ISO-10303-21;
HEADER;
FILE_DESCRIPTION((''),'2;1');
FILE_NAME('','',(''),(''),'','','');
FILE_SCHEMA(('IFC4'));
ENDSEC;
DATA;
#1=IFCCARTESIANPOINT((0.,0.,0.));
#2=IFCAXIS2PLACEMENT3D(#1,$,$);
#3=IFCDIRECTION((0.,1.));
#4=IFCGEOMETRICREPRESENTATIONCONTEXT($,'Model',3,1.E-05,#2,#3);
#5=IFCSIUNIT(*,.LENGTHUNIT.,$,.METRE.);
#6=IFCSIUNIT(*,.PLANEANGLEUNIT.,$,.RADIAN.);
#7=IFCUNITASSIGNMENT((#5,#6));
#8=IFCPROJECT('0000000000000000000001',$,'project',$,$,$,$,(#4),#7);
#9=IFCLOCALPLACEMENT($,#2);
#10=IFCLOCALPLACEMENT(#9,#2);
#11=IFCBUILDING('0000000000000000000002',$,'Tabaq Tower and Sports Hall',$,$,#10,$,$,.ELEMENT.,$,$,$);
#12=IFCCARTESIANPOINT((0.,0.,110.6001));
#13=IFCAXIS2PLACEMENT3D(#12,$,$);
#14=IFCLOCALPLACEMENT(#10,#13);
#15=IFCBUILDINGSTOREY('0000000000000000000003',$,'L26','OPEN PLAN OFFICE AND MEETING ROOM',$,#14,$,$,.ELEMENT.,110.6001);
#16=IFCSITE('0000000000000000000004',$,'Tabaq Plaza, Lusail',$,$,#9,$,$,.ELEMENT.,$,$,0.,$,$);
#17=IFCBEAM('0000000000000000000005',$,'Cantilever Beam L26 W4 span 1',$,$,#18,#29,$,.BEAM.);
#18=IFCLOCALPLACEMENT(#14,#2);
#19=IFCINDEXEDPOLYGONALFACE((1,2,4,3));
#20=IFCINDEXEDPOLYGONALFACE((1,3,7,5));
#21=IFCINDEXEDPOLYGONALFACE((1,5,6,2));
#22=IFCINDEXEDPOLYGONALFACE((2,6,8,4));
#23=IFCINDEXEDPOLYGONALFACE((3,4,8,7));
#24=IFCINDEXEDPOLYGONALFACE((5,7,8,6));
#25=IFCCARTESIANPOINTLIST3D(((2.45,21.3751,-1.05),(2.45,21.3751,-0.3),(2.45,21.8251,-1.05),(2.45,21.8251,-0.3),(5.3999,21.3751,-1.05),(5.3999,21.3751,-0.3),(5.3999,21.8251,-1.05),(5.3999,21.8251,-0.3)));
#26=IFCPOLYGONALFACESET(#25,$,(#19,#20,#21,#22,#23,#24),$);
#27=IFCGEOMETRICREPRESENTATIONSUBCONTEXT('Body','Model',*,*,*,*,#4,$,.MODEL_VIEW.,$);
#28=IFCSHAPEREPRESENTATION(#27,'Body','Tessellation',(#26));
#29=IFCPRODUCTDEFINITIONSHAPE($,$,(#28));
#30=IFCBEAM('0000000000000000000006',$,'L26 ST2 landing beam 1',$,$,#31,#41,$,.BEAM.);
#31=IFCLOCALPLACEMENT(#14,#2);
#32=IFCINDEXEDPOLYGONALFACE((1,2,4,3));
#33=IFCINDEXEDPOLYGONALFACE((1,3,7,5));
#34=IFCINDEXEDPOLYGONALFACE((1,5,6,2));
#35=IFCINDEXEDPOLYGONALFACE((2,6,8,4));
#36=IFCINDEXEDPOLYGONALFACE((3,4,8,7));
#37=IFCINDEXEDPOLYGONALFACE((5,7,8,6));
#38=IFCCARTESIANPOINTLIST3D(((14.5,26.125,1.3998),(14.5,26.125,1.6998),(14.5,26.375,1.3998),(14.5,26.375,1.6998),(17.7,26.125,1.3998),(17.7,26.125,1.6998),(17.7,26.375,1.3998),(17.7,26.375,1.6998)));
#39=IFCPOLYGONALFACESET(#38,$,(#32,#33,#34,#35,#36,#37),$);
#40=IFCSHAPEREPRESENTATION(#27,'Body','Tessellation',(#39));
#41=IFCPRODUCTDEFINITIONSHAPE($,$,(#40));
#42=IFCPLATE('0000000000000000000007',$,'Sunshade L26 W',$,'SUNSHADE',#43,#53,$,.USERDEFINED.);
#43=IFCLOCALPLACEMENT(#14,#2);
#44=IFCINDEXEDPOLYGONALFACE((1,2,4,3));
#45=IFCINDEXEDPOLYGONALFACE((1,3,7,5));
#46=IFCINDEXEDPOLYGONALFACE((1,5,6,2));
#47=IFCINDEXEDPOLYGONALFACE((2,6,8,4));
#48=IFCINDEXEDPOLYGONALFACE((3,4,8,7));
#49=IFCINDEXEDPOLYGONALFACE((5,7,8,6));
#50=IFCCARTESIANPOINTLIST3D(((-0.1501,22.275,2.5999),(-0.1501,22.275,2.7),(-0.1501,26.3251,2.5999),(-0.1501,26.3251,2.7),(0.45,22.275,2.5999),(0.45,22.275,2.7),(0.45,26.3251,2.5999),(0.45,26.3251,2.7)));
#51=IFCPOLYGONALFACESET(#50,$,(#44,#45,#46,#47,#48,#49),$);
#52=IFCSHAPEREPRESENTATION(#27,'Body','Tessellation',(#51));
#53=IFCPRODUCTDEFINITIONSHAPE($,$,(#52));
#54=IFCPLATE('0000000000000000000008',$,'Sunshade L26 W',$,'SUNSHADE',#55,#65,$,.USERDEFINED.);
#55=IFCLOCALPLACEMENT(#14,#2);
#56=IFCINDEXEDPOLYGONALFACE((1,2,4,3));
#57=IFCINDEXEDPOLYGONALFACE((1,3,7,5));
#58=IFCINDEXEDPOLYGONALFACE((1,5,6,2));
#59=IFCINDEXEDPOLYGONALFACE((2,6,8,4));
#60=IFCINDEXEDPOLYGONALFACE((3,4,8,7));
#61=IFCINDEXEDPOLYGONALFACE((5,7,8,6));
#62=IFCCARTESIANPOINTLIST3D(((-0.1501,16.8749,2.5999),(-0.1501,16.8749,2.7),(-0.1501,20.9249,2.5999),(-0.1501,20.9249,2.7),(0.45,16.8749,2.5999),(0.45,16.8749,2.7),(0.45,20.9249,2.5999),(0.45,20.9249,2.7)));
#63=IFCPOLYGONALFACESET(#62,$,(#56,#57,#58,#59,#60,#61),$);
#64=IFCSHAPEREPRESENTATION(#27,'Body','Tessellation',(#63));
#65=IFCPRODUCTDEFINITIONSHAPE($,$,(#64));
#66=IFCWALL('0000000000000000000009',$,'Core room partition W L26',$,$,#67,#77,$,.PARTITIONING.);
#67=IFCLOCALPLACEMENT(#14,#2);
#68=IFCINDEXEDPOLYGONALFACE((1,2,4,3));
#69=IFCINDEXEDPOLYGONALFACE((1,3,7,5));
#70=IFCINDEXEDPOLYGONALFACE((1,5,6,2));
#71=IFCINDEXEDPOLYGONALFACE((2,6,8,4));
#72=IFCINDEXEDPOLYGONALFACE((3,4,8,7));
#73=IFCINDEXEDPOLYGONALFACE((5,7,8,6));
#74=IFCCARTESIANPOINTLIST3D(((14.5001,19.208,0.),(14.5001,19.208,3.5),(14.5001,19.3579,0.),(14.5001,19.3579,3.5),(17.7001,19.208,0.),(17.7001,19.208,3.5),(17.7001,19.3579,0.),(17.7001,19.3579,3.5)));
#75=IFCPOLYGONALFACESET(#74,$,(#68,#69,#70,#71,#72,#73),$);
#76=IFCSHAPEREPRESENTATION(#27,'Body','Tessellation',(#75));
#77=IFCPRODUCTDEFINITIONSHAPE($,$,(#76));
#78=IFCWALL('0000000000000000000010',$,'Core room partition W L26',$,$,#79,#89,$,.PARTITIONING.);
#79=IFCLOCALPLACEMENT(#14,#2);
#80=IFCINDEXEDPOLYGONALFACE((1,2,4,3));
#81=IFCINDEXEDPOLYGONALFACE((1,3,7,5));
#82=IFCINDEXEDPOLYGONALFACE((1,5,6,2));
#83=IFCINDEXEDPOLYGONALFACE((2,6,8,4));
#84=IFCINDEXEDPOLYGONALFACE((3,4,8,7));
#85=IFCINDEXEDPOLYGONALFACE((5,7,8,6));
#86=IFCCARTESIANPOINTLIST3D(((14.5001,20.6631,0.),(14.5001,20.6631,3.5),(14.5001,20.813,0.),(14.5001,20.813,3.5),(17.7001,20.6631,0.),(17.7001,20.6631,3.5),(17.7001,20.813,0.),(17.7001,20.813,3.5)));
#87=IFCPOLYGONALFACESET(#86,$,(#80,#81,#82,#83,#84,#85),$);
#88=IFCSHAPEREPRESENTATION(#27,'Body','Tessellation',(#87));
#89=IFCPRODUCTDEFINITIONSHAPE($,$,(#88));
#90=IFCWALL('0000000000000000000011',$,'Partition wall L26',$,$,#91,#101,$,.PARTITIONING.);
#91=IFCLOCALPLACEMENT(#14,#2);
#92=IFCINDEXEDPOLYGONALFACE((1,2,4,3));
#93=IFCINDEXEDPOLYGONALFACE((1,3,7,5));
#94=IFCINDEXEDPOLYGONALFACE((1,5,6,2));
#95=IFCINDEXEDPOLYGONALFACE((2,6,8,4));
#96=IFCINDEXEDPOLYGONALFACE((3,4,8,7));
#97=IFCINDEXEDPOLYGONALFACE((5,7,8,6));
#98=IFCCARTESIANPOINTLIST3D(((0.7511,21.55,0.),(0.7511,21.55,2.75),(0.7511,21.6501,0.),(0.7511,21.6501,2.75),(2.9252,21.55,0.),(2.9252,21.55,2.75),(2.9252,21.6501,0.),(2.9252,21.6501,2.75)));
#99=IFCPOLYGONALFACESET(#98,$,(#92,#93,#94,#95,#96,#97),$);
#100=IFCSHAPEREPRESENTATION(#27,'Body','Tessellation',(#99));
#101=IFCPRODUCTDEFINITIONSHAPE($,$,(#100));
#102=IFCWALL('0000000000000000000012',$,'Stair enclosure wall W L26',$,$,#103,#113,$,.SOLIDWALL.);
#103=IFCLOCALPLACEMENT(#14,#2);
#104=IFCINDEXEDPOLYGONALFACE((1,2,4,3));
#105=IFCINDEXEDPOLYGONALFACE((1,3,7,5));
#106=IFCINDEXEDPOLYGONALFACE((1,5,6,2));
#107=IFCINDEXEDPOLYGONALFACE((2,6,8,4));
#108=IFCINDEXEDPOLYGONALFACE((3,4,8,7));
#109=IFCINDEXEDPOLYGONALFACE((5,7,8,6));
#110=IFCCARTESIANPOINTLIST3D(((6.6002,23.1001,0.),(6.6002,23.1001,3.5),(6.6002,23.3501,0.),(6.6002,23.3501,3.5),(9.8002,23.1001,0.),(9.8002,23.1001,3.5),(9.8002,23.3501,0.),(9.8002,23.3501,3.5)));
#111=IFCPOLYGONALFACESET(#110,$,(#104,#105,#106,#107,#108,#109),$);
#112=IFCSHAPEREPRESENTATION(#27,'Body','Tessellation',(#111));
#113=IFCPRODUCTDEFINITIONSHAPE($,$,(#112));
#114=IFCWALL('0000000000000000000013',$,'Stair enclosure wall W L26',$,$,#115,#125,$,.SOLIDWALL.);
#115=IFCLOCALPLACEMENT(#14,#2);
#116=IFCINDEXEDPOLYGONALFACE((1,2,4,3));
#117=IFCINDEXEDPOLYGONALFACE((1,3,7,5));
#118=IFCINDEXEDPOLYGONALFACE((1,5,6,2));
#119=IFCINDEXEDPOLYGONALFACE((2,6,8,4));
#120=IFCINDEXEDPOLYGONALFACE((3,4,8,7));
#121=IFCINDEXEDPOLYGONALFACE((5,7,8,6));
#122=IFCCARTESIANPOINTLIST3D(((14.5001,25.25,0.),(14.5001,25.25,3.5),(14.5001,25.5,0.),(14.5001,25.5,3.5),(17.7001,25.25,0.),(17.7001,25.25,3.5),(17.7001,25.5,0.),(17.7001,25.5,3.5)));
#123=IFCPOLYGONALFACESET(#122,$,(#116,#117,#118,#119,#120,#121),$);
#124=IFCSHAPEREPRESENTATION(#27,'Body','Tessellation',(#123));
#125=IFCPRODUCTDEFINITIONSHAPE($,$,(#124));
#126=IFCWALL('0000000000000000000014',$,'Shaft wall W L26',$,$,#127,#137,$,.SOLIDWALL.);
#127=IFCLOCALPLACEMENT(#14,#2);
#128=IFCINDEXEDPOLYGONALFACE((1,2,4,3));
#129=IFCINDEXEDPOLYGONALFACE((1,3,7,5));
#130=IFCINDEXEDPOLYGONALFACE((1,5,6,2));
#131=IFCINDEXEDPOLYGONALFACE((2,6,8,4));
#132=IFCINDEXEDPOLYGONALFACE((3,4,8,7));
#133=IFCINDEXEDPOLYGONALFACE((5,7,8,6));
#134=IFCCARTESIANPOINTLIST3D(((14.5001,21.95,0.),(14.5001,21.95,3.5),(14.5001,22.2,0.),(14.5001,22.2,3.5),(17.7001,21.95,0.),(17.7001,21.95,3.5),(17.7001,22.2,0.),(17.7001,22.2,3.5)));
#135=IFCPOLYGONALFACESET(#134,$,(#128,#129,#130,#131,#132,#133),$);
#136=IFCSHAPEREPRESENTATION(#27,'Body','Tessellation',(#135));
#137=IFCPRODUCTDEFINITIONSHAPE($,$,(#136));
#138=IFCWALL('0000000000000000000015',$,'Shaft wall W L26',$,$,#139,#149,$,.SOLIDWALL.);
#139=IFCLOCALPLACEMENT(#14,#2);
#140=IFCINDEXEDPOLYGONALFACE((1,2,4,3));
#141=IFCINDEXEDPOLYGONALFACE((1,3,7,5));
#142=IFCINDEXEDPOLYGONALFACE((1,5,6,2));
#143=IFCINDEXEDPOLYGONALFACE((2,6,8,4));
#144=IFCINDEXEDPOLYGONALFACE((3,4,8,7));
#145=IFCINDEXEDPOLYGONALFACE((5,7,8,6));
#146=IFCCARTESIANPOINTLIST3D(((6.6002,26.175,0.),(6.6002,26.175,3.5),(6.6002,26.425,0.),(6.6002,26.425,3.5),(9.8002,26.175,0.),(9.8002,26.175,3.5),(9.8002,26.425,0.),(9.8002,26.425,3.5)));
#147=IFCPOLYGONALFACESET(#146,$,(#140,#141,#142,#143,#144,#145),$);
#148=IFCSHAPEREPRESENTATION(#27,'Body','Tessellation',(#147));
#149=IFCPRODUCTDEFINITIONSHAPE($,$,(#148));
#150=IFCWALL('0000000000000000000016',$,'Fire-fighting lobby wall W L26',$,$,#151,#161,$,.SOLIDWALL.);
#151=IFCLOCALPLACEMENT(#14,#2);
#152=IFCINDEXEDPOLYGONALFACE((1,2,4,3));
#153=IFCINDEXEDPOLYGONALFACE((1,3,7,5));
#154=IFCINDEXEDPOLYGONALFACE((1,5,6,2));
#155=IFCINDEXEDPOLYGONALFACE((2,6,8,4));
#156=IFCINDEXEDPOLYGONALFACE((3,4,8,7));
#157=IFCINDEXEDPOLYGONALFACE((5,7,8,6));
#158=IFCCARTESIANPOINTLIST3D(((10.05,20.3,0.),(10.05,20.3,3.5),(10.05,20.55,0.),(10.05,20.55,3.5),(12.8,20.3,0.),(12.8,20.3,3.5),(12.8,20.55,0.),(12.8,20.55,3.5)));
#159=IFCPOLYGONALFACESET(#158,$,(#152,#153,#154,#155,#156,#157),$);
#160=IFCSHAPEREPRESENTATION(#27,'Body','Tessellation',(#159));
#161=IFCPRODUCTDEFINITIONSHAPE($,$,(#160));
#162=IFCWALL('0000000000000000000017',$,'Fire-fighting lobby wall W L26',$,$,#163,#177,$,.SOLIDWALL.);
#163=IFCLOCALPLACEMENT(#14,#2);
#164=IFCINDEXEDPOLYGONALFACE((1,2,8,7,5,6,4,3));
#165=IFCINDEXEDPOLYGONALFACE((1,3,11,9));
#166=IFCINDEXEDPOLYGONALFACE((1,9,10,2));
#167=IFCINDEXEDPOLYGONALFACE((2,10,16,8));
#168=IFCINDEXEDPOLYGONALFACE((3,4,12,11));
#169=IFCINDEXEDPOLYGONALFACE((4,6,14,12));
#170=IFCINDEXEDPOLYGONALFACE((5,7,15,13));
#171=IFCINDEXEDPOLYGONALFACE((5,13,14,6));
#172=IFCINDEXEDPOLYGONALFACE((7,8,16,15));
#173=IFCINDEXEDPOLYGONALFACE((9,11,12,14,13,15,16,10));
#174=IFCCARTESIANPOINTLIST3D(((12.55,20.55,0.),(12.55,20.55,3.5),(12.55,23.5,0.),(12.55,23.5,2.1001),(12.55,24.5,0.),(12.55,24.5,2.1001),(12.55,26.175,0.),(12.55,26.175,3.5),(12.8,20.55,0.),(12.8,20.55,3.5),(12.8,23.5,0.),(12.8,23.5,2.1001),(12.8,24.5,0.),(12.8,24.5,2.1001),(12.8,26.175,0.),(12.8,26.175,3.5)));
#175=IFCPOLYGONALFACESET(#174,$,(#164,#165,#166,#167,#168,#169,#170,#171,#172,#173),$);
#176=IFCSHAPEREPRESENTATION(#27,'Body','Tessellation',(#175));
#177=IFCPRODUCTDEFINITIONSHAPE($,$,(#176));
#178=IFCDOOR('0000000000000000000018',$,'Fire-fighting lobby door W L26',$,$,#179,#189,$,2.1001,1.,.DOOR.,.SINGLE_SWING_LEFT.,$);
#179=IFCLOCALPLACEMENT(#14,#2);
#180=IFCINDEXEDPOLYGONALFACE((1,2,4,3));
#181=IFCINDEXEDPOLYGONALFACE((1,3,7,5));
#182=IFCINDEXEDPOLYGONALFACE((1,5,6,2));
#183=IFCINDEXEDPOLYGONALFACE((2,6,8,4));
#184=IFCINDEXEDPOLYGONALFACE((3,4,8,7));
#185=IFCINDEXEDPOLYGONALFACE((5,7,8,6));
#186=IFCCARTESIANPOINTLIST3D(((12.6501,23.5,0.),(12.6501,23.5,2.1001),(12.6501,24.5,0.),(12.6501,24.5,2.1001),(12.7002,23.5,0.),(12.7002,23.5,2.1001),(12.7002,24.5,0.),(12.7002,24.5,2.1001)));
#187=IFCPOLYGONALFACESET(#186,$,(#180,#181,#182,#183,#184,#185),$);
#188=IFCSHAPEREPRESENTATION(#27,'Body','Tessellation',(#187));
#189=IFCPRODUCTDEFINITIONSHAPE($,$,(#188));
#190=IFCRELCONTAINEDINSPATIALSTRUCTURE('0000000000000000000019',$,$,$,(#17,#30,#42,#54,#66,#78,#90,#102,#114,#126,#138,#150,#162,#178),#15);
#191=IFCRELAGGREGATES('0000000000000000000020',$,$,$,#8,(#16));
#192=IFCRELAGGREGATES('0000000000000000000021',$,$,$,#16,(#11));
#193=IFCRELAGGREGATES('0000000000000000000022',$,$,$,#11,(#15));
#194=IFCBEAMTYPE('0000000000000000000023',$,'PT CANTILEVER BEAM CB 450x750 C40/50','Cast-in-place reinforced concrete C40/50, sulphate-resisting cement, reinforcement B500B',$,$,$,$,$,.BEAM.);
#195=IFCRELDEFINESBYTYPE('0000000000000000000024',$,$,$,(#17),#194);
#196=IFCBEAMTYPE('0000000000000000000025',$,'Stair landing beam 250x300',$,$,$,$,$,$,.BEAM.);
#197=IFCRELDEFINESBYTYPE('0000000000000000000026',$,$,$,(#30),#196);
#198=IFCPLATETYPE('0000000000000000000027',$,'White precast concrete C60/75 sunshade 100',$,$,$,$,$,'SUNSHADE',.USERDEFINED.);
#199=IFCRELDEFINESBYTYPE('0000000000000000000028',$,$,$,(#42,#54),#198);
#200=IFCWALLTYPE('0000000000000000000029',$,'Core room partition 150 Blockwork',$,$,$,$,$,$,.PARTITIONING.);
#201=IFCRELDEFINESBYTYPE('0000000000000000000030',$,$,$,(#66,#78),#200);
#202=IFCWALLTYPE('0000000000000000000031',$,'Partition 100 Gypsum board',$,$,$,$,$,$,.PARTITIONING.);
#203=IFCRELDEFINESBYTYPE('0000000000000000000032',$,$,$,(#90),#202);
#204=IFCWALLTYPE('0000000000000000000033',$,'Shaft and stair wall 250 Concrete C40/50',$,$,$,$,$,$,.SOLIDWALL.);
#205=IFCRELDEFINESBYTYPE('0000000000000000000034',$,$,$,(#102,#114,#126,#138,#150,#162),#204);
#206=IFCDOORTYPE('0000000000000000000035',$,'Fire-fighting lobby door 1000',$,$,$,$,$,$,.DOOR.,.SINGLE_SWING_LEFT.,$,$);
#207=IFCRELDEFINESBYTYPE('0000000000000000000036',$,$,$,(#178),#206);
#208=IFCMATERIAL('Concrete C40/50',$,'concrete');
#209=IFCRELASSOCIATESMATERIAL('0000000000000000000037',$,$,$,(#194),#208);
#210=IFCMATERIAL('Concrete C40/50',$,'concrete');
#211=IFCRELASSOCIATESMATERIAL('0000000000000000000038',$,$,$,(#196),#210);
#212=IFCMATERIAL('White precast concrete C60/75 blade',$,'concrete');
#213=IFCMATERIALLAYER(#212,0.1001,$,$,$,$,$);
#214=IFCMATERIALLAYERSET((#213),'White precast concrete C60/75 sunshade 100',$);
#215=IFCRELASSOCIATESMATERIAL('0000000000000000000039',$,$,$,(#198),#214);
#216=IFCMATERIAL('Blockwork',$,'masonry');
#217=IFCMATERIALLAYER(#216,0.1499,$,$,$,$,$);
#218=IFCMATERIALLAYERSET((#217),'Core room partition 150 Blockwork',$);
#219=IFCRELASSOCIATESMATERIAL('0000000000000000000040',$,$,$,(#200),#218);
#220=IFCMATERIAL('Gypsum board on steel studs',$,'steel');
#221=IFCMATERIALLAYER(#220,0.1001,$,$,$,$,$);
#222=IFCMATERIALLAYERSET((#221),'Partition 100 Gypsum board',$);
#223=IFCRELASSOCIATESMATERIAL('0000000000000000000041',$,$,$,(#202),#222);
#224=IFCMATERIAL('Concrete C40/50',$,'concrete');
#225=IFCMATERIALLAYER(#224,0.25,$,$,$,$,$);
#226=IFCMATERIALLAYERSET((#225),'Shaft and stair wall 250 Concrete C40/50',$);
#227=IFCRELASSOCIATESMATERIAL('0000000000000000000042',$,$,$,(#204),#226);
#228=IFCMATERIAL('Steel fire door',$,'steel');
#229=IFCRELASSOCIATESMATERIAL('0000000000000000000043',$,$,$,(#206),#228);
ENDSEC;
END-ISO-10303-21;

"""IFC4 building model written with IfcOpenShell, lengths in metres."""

from ifc_helpers import new_model, si_unit, direction, frame, frame_2d, origin, origin_2d, place, context, subcontext, project, spatial, rectangle, extrude, material, layer, layer_set, material_profile, profile_set, type_object, element, fill, save


model = new_model("IFC4")

# Units and contexts
model_context = context("Model", 3, precision=1e-05, world=origin(), true_north=direction((0.0, 1.0)))
body_context = subcontext(model_context, "Body", "Model", "MODEL_VIEW")
ifc_project = project(units=[si_unit("LENGTHUNIT", "METRE"), si_unit("PLANEANGLEUNIT", "RADIAN")], contexts=[model_context])

# Site, building, storey
site_placement = place(None, origin())
site = spatial("IfcSite", under=ifc_project, at=site_placement, Name="Tabaq Plaza, Lusail", CompositionType="ELEMENT", RefElevation=0.0)
building_placement = place(site_placement, origin())
building = spatial("IfcBuilding", under=site, at=building_placement, Name="Tabaq Tower and Sports Hall", CompositionType="ELEMENT")
storey_placement = place(building_placement, frame((0.0, 0.0, 110.6001)))
storey = spatial("IfcBuildingStorey", under=building, at=storey_placement, Name="L26", Description="OPEN PLAN OFFICE AND MEETING ROOM", CompositionType="ELEMENT", Elevation=110.6001)

# Beams
ifc_material_1 = material(Name="Concrete C40/50", Category="concrete")
ifc_material_profile_1 = material_profile(ifc_material_1, rectangle(XDim=0.45, YDim=0.75, at=origin_2d()), Name="CB 450x750")
ifc_profile_set_1 = profile_set([ifc_material_profile_1], Name="Concrete C40/50")
beam_type_1 = type_object("IfcBeamType", Name="PT CANTILEVER BEAM CB 450x750 C40/50", Description="Cast-in-place reinforced concrete C40/50, sulphate-resisting cement, reinforcement B500B", PredefinedType="BEAM", material=ifc_profile_set_1)
beam_1_placement = place(storey_placement, frame((2.45, 21.6001, -0.675), z_axis=(1.0, 0.0, 0.0), x_axis=(0.0, 1.0, 0.0)))
element("IfcBeam", 1, at=beam_1_placement, inside=storey, type_object=beam_type_1, Name="Cantilever Beam L26 W4 span 1", PredefinedType="BEAM", context=body_context, shape_type="SweptSolid", body=[
    extrude(rectangle(XDim=0.45, YDim=0.75, at=origin_2d()), origin(), (0.0, 0.0, 1.0), 2.95),
])
ifc_material_2 = material(Name="Concrete C40/50", Category="concrete")
ifc_material_profile_2 = material_profile(ifc_material_2, rectangle(XDim=0.25, YDim=0.3, at=origin_2d()), Name="RC 250x300")
ifc_profile_set_2 = profile_set([ifc_material_profile_2], Name="Concrete C40/50")
beam_type_2 = type_object("IfcBeamType", Name="Stair landing beam 250x300", PredefinedType="BEAM", material=ifc_profile_set_2)
beam_2_placement = place(storey_placement, frame((14.5, 26.25, 1.5498), z_axis=(1.0, 0.0, 0.0), x_axis=(0.0, 1.0, 0.0)))
element("IfcBeam", 2, at=beam_2_placement, inside=storey, type_object=beam_type_2, Name="L26 ST2 landing beam 1", PredefinedType="BEAM", context=body_context, shape_type="SweptSolid", body=[
    extrude(rectangle(XDim=0.25, YDim=0.3, at=origin_2d()), origin(), (0.0, 0.0, 1.0), 3.2),
])

# Plates
ifc_material_3 = material(Name="White precast concrete C60/75 blade", Category="concrete")
ifc_layer_1 = layer(ifc_material_3, 0.1001)
ifc_layer_set_1 = layer_set([ifc_layer_1], Name="White precast concrete C60/75 sunshade 100")
plate_type = type_object("IfcPlateType", Name="White precast concrete C60/75 sunshade 100", ElementType="SUNSHADE", PredefinedType="USERDEFINED", material=ifc_layer_set_1)
for number, where, z_axis, x_axis, name in (
    (3, (0.1499, 24.3, 2.5999), (0.0, 0.0, 1.0), (0.0, -1.0, 0.0), "Sunshade L26 W"),
    (4, (0.1499, 18.8999, 2.5999), (0.0, 0.0, 1.0), (0.0, -1.0, 0.0), "Sunshade L26 W"),
):
    element("IfcPlate", number, at=place(storey_placement, frame(where, z_axis=z_axis, x_axis=x_axis)), inside=storey, type_object=plate_type, Name=name, ObjectType="SUNSHADE", PredefinedType="USERDEFINED", context=body_context, shape_type="SweptSolid", body=[
        extrude(rectangle(XDim=4.05, YDim=0.6001, at=origin_2d()), origin(), (0.0, 0.0, 1.0), 0.1001),
    ])

# Walls
ifc_material_4 = material(Name="Blockwork", Category="masonry")
ifc_layer_2 = layer(ifc_material_4, 0.1499)
ifc_layer_set_2 = layer_set([ifc_layer_2], Name="Core room partition 150 Blockwork")
wall_type_1 = type_object("IfcWallType", Name="Core room partition 150 Blockwork", PredefinedType="PARTITIONING", material=ifc_layer_set_2)
for number, where, z_axis, x_axis, name in (
    (5, (14.5, 19.283, 0.0), (0.0, 0.0, 1.0), (1.0, 0.0, 0.0), "Core room partition W L26"),
    (6, (14.5, 20.738, 0.0), (0.0, 0.0, 1.0), (1.0, 0.0, 0.0), "Core room partition W L26"),
):
    element("IfcWall", number, at=place(storey_placement, frame(where, z_axis=z_axis, x_axis=x_axis)), inside=storey, type_object=wall_type_1, Name=name, PredefinedType="PARTITIONING", context=body_context, shape_type="SweptSolid", body=[
        extrude(rectangle(XDim=3.2, YDim=0.1499, at=frame_2d((1.6001, 0.0))), origin(), (0.0, 0.0, 1.0), 3.5),
    ])
ifc_material_5 = material(Name="Gypsum board on steel studs", Category="steel")
ifc_layer_3 = layer(ifc_material_5, 0.1001)
ifc_layer_set_3 = layer_set([ifc_layer_3], Name="Partition 100 Gypsum board")
wall_type_2 = type_object("IfcWallType", Name="Partition 100 Gypsum board", PredefinedType="PARTITIONING", material=ifc_layer_set_3)
wall_1_placement = place(storey_placement, frame((2.925, 21.6001, 0.0), z_axis=(0.0, 0.0, 1.0), x_axis=(-1.0, 0.0, 0.0)))
element("IfcWall", 7, at=wall_1_placement, inside=storey, type_object=wall_type_2, Name="Partition wall L26", PredefinedType="PARTITIONING", context=body_context, shape_type="SweptSolid", body=[
    extrude(rectangle(XDim=2.1741, YDim=0.1001, at=frame_2d((1.0869, 0.0))), origin(), (0.0, 0.0, 1.0), 2.75),
])
ifc_material_6 = material(Name="Concrete C40/50", Category="concrete")
ifc_layer_4 = layer(ifc_material_6, 0.25)
ifc_layer_set_4 = layer_set([ifc_layer_4], Name="Shaft and stair wall 250 Concrete C40/50")
wall_type_3 = type_object("IfcWallType", Name="Shaft and stair wall 250 Concrete C40/50", PredefinedType="SOLIDWALL", material=ifc_layer_set_4)
for number, where, z_axis, x_axis, name in (
    (8, (6.6001, 23.2251, 0.0), (0.0, 0.0, 1.0), (1.0, 0.0, 0.0), "Stair enclosure wall W L26"),
    (9, (14.5, 25.375, 0.0), (0.0, 0.0, 1.0), (1.0, 0.0, 0.0), "Stair enclosure wall W L26"),
    (10, (14.5, 22.075, 0.0), (0.0, 0.0, 1.0), (1.0, 0.0, 0.0), "Shaft wall W L26"),
    (11, (6.6001, 26.3, 0.0), (0.0, 0.0, 1.0), (1.0, 0.0, 0.0), "Shaft wall W L26"),
):
    element("IfcWall", number, at=place(storey_placement, frame(where, z_axis=z_axis, x_axis=x_axis)), inside=storey, type_object=wall_type_3, Name=name, PredefinedType="SOLIDWALL", context=body_context, shape_type="SweptSolid", body=[
        extrude(rectangle(XDim=3.2, YDim=0.25, at=frame_2d((1.6001, 0.0))), origin(), (0.0, 0.0, 1.0), 3.5),
    ])
wall_2_placement = place(storey_placement, frame((10.05, 20.425, 0.0), z_axis=(0.0, 0.0, 1.0), x_axis=(1.0, 0.0, 0.0)))
element("IfcWall", 12, at=wall_2_placement, inside=storey, type_object=wall_type_3, Name="Fire-fighting lobby wall W L26", PredefinedType="SOLIDWALL", context=body_context, shape_type="SweptSolid", body=[
    extrude(rectangle(XDim=2.75, YDim=0.25, at=frame_2d((1.375, 0.0))), origin(), (0.0, 0.0, 1.0), 3.5),
])

# Wall, opening, door
wall_3_placement = place(storey_placement, frame((12.675, 20.55, 0.0), z_axis=(0.0, 0.0, 1.0), x_axis=(0.0, 1.0, 0.0)))
wall_3 = element("IfcWall", 13, at=wall_3_placement, inside=storey, type_object=wall_type_3, Name="Fire-fighting lobby wall W L26", PredefinedType="SOLIDWALL", context=body_context, shape_type="SweptSolid", body=[
    extrude(rectangle(XDim=5.625, YDim=0.25, at=frame_2d((2.8125, 0.0))), origin(), (0.0, 0.0, 1.0), 3.5),
])
opening_placement = place(wall_3_placement, frame((2.95, 0.0, 0.0)))
opening = element("IfcOpeningElement", 14, at=opening_placement, cuts=wall_3, PredefinedType="OPENING", context=body_context, shape_type="SweptSolid", body=[
    extrude(rectangle(XDim=1.0, YDim=2.1001, at=frame_2d((0.5, 1.05))), frame((0.0, 0.125, 0.0), z_axis=(0.0, -1.0, 0.0), x_axis=(1.0, 0.0, 0.0)), (0.0, 0.0, 1.0), 0.25),
])
ifc_material_7 = material(Name="Steel fire door", Category="steel")
door_type = type_object("IfcDoorType", Name="Fire-fighting lobby door 1000", OperationType="SINGLE_SWING_LEFT", PredefinedType="DOOR", material=ifc_material_7)
door_placement = place(opening_placement, origin())
door = element("IfcDoor", 15, at=door_placement, inside=storey, type_object=door_type, Name="Fire-fighting lobby door W L26", OperationType="SINGLE_SWING_LEFT", OverallHeight=2.1001, OverallWidth=1.0, PredefinedType="DOOR", context=body_context, shape_type="SweptSolid", body=[
    extrude(rectangle(XDim=1.0, YDim=2.1001, at=frame_2d((0.5, 1.05))), frame((0.0, 0.0249, 0.0), z_axis=(0.0, -1.0, 0.0), x_axis=(1.0, 0.0, 0.0)), (0.0, 0.0, 1.0), 0.05),
])
fill(opening, door)

save(model, "model.ifc")
